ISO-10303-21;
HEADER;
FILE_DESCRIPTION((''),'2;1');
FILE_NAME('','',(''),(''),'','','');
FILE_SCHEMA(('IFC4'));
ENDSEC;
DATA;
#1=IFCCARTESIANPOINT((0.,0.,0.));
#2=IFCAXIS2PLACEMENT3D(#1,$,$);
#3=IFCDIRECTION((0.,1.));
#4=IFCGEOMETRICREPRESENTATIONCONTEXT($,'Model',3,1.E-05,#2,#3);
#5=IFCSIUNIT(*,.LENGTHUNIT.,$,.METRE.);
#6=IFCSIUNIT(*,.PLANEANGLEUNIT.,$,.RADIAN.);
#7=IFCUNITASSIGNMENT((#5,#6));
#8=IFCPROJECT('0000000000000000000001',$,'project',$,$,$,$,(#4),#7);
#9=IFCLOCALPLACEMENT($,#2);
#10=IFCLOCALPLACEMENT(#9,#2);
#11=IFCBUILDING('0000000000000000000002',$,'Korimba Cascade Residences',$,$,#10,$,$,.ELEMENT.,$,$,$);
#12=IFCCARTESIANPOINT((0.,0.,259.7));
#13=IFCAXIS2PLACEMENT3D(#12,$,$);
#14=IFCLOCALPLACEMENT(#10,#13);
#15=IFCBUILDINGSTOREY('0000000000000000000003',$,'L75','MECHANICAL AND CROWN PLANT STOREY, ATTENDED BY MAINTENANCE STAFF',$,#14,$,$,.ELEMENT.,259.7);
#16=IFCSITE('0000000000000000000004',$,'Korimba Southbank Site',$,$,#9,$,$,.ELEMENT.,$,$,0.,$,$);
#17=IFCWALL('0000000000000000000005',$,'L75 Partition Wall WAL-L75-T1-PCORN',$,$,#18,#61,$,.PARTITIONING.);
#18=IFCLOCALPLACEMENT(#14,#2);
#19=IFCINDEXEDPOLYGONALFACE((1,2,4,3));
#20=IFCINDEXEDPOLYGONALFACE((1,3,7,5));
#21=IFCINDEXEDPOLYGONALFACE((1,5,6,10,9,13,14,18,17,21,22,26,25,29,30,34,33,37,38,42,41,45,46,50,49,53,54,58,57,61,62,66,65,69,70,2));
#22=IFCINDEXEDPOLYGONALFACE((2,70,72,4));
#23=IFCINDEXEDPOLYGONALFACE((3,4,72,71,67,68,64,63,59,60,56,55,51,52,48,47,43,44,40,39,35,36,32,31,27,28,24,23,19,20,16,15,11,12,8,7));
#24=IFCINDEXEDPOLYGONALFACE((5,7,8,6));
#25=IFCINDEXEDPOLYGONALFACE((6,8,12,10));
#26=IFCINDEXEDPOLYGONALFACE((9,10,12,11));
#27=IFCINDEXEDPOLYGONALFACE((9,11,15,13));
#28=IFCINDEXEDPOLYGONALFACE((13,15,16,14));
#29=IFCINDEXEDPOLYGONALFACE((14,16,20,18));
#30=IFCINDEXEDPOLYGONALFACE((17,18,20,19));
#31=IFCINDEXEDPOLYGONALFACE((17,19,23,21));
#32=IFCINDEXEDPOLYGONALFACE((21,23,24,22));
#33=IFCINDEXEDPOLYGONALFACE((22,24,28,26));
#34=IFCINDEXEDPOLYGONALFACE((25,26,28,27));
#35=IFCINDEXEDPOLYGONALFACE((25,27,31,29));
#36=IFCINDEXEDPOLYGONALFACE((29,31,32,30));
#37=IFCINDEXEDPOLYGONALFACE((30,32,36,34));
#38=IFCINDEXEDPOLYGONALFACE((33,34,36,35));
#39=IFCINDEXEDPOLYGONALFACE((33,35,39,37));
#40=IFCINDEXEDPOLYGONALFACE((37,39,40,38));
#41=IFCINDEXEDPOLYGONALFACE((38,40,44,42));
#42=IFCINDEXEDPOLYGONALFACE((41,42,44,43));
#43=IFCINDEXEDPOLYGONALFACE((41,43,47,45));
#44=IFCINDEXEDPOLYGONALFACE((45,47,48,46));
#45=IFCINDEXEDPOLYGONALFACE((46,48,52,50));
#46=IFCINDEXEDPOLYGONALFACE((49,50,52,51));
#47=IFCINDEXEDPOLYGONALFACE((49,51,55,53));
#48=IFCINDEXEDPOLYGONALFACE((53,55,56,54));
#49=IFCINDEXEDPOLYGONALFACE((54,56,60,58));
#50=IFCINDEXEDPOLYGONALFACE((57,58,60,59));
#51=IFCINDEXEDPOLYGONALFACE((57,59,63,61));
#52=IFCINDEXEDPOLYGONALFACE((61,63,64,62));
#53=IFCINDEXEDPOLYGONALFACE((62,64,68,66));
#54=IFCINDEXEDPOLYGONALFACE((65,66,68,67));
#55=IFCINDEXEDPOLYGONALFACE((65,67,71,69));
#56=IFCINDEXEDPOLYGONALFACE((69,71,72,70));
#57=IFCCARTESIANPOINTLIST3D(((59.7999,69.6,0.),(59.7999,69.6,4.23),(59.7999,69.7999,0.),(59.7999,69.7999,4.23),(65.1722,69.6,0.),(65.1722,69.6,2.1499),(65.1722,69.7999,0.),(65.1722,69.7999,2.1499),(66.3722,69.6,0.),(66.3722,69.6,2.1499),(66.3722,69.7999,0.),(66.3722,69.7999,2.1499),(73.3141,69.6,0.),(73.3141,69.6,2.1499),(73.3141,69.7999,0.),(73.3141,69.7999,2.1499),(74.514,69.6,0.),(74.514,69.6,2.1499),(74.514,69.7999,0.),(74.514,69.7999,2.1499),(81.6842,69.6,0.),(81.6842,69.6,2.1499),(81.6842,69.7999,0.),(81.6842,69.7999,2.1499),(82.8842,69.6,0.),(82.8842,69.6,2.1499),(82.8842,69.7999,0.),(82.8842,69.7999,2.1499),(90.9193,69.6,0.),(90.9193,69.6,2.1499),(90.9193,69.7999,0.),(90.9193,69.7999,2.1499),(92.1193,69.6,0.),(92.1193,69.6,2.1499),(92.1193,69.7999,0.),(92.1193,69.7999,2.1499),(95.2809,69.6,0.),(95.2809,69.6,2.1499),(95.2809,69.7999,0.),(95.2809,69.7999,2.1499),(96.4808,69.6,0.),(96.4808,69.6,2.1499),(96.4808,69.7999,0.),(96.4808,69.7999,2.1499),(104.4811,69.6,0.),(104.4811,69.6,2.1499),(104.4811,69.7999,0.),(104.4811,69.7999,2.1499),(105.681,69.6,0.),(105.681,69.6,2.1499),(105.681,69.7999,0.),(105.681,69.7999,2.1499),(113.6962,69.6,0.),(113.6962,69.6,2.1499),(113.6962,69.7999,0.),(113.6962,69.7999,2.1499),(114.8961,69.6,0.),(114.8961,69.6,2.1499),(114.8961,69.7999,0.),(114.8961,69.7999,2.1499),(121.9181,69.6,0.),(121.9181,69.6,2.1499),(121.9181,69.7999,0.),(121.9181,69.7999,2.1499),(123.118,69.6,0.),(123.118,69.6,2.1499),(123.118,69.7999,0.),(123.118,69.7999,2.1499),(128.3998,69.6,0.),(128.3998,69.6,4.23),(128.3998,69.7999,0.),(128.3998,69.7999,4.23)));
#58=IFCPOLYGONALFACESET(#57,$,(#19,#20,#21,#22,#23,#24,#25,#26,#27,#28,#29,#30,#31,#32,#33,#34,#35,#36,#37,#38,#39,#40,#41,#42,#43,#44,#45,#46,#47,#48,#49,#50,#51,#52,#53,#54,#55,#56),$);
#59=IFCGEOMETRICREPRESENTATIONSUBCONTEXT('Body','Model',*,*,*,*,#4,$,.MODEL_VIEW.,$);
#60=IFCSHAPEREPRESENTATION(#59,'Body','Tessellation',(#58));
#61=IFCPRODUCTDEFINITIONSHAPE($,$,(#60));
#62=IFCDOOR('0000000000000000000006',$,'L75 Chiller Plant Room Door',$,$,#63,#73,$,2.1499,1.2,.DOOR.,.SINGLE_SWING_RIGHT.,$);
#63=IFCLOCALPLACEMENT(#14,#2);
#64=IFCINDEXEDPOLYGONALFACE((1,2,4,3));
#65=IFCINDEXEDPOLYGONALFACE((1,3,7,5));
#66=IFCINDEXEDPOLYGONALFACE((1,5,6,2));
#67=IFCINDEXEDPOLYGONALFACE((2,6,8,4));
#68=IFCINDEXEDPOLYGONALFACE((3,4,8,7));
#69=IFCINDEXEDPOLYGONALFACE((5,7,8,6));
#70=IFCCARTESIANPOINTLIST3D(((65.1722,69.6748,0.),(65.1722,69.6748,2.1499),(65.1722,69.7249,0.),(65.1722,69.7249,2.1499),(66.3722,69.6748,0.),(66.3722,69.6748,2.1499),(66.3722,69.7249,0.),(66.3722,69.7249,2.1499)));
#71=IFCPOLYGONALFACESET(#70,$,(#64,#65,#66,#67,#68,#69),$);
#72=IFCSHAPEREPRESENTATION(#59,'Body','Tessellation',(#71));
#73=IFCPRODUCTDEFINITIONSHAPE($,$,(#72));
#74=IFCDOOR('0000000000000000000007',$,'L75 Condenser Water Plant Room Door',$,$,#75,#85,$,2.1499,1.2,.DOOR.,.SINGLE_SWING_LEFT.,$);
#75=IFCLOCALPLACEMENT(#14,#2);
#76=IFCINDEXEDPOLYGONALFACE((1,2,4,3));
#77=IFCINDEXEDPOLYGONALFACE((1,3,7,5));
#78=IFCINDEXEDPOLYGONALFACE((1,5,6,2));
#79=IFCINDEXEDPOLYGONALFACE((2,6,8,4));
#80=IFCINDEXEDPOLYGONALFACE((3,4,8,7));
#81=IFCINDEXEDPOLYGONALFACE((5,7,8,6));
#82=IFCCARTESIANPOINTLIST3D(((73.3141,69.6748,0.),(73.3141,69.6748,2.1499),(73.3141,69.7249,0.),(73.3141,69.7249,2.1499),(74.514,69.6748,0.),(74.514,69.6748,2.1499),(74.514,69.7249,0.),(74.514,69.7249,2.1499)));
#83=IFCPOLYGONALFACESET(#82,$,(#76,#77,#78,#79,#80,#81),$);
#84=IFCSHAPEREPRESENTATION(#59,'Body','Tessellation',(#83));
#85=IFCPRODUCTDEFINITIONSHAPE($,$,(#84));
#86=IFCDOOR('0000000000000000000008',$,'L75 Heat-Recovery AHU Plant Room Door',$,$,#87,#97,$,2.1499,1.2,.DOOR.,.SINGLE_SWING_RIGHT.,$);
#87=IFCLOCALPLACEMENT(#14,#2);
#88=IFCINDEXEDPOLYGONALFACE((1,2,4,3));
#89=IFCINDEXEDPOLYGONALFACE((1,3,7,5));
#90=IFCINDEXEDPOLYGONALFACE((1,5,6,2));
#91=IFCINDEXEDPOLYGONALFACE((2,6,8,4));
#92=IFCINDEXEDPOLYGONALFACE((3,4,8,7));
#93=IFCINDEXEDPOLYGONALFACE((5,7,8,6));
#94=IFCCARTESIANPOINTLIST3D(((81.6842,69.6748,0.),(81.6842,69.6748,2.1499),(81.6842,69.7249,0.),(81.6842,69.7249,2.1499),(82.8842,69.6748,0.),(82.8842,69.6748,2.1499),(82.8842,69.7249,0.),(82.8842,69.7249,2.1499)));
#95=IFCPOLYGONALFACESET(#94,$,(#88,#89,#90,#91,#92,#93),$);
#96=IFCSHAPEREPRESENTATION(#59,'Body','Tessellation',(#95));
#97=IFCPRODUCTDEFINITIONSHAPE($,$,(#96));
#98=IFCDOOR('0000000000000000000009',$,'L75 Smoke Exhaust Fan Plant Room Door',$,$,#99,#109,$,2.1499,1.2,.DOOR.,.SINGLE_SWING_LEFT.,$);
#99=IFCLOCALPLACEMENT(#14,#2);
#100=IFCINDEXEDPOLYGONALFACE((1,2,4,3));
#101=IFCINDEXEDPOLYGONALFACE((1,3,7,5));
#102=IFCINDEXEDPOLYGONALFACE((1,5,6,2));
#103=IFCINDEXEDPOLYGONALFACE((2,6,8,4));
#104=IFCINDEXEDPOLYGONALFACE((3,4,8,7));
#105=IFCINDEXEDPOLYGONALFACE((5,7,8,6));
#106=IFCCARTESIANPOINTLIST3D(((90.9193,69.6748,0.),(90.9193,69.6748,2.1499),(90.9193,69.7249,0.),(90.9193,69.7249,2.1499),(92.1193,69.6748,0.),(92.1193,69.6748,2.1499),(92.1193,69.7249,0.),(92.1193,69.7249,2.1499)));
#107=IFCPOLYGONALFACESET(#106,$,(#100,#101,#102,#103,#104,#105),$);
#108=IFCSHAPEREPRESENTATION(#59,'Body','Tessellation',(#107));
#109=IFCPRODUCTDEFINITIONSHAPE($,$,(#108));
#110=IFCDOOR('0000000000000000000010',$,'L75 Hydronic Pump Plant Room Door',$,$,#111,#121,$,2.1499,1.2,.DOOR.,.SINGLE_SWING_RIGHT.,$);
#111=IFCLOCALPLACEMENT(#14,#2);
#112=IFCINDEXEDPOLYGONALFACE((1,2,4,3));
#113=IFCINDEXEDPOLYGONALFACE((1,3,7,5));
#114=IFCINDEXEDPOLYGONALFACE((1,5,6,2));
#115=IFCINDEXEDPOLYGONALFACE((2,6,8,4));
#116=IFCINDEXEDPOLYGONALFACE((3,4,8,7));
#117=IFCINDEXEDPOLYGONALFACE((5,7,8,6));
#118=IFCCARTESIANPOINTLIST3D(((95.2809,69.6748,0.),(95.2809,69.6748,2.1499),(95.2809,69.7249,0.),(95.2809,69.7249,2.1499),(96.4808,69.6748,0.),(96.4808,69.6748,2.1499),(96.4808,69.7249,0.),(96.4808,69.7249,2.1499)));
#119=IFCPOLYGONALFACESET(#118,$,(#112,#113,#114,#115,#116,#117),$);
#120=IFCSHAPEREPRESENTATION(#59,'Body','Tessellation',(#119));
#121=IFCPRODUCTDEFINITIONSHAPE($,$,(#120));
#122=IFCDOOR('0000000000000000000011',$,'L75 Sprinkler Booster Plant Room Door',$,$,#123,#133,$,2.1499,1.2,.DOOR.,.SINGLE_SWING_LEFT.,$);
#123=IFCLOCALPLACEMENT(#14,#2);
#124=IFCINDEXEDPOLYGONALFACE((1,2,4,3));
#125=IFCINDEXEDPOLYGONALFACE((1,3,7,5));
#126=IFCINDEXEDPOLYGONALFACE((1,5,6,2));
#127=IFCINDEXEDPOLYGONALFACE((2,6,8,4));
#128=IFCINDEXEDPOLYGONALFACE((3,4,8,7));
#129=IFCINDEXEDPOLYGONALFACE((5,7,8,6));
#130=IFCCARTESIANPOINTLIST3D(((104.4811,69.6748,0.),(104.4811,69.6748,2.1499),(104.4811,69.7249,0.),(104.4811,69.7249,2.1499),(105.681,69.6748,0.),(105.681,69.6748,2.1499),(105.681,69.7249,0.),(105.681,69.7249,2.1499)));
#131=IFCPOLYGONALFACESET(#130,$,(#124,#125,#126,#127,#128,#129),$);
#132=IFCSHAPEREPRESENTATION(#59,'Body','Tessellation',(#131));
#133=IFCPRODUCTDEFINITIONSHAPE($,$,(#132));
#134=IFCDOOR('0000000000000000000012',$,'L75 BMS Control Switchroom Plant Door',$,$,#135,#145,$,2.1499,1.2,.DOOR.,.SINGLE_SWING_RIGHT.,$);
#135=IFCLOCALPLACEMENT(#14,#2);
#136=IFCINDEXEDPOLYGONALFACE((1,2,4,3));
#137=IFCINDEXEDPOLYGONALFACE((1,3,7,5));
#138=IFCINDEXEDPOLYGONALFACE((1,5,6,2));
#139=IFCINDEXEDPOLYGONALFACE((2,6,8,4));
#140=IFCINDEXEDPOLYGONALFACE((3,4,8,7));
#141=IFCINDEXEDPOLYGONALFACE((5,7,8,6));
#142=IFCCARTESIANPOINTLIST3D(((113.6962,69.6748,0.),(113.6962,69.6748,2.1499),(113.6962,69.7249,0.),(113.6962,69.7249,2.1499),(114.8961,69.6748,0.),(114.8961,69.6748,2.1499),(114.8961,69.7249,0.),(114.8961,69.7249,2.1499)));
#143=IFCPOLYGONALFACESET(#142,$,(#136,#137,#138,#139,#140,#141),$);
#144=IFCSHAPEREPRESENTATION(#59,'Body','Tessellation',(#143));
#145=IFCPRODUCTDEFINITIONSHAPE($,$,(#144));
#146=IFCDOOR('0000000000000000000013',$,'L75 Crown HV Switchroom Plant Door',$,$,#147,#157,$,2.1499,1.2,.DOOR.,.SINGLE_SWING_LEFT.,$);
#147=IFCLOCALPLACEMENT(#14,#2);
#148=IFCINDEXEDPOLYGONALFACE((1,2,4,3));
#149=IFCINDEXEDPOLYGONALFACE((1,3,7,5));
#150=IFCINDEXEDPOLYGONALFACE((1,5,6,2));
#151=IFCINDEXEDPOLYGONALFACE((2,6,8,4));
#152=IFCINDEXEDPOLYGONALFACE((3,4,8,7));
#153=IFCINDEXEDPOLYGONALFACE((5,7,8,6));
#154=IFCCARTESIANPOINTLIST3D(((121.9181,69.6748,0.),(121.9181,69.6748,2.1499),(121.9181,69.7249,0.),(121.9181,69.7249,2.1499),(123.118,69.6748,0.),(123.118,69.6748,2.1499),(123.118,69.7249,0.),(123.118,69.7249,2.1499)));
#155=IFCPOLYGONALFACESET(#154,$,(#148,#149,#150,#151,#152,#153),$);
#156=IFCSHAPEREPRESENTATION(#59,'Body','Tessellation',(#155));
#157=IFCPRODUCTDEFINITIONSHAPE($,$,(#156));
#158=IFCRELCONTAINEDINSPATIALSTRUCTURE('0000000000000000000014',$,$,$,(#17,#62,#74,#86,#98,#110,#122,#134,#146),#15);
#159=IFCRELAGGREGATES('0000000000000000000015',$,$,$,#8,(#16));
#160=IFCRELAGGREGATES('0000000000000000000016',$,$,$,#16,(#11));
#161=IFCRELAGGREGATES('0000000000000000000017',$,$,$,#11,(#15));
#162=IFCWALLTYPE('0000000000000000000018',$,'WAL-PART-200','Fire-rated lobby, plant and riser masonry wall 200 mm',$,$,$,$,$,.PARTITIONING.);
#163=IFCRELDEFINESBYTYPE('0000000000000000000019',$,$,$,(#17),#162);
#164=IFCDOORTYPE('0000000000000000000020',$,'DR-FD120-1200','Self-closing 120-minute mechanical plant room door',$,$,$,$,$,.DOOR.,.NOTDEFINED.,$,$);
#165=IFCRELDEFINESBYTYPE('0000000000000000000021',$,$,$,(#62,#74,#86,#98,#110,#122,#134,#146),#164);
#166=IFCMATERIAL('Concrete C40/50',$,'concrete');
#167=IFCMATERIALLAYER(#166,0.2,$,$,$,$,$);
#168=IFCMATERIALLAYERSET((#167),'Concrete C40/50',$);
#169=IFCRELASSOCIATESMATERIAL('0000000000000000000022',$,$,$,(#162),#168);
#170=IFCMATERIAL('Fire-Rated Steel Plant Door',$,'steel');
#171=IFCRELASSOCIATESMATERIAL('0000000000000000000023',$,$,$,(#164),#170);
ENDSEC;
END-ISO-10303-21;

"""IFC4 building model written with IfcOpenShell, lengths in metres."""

from ifc_helpers import new_model, si_unit, direction, frame, frame_2d, origin, place, context, subcontext, project, spatial, rectangle, extrude, material, layer, layer_set, type_object, element, fill, save


model = new_model("IFC4")

# Units and contexts
model_context = context("Model", 3, precision=1e-05, world=origin(), true_north=direction((0.0, 1.0)))
body_context = subcontext(model_context, "Body", "Model", "MODEL_VIEW")
ifc_project = project(units=[si_unit("LENGTHUNIT", "METRE"), si_unit("PLANEANGLEUNIT", "RADIAN")], contexts=[model_context])

# Site, building, storey
site_placement = place(None, origin())
site = spatial("IfcSite", under=ifc_project, at=site_placement, Name="Korimba Southbank Site", CompositionType="ELEMENT", RefElevation=0.0)
building_placement = place(site_placement, origin())
building = spatial("IfcBuilding", under=site, at=building_placement, Name="Korimba Cascade Residences", CompositionType="ELEMENT")
storey_placement = place(building_placement, frame((0.0, 0.0, 259.7)))
storey = spatial("IfcBuildingStorey", under=building, at=storey_placement, Name="L75", Description="MECHANICAL AND CROWN PLANT STOREY, ATTENDED BY MAINTENANCE STAFF", CompositionType="ELEMENT", Elevation=259.7)

# Shared definitions
ifc_material_1 = material(Name="Concrete C40/50", Category="concrete")
ifc_layer_1 = layer(ifc_material_1, 0.2)
ifc_layer_set_1 = layer_set([ifc_layer_1], Name="Concrete C40/50")
wall_type_1 = type_object("IfcWallType", Name="WAL-PART-200", Description="Fire-rated lobby, plant and riser masonry wall 200 mm", PredefinedType="PARTITIONING", material=ifc_layer_set_1)

# Wall, openings, doors
wall_1_placement = place(storey_placement, frame((59.8, 69.7, 0.0), z_axis=(0.0, 0.0, 1.0), x_axis=(1.0, 0.0, 0.0)))
wall_1 = element("IfcWall", 1, at=wall_1_placement, inside=storey, type_object=wall_type_1, Name="L75 Partition Wall WAL-L75-T1-PCORN", PredefinedType="PARTITIONING", context=body_context, shape_type="SweptSolid", body=[
    extrude(rectangle(XDim=68.5999, YDim=0.2, at=frame_2d((34.2998, 0.0))), origin(), (0.0, 0.0, 1.0), 4.23),
])
opening_1_placement = place(wall_1_placement, frame((5.3721, 0.0, 0.0)))
opening_1 = element("IfcOpeningElement", 2, at=opening_1_placement, cuts=wall_1, PredefinedType="OPENING", context=body_context, shape_type="SweptSolid", body=[
    extrude(rectangle(XDim=1.2, YDim=2.1499, at=frame_2d((0.6001, 1.075))), frame((0.0, 0.1099, 0.0), z_axis=(0.0, -1.0, 0.0), x_axis=(1.0, 0.0, 0.0)), (0.0, 0.0, 1.0), 0.22),
])
opening_2_placement = place(wall_1_placement, frame((13.5139, 0.0, 0.0)))
opening_2 = element("IfcOpeningElement", 3, at=opening_2_placement, cuts=wall_1, PredefinedType="OPENING", context=body_context, shape_type="SweptSolid", body=[
    extrude(rectangle(XDim=1.2, YDim=2.1499, at=frame_2d((0.6001, 1.075))), frame((0.0, 0.1099, 0.0), z_axis=(0.0, -1.0, 0.0), x_axis=(1.0, 0.0, 0.0)), (0.0, 0.0, 1.0), 0.22),
])
opening_3_placement = place(wall_1_placement, frame((21.884, 0.0, 0.0)))
opening_3 = element("IfcOpeningElement", 4, at=opening_3_placement, cuts=wall_1, PredefinedType="OPENING", context=body_context, shape_type="SweptSolid", body=[
    extrude(rectangle(XDim=1.2, YDim=2.1499, at=frame_2d((0.6001, 1.075))), frame((0.0, 0.1099, 0.0), z_axis=(0.0, -1.0, 0.0), x_axis=(1.0, 0.0, 0.0)), (0.0, 0.0, 1.0), 0.22),
])
opening_4_placement = place(wall_1_placement, frame((31.1191, 0.0, 0.0)))
opening_4 = element("IfcOpeningElement", 5, at=opening_4_placement, cuts=wall_1, PredefinedType="OPENING", context=body_context, shape_type="SweptSolid", body=[
    extrude(rectangle(XDim=1.2, YDim=2.1499, at=frame_2d((0.6001, 1.075))), frame((0.0, 0.1099, 0.0), z_axis=(0.0, -1.0, 0.0), x_axis=(1.0, 0.0, 0.0)), (0.0, 0.0, 1.0), 0.22),
])
opening_5_placement = place(wall_1_placement, frame((35.4807, 0.0, 0.0)))
opening_5 = element("IfcOpeningElement", 6, at=opening_5_placement, cuts=wall_1, PredefinedType="OPENING", context=body_context, shape_type="SweptSolid", body=[
    extrude(rectangle(XDim=1.2, YDim=2.1499, at=frame_2d((0.6001, 1.075))), frame((0.0, 0.1099, 0.0), z_axis=(0.0, -1.0, 0.0), x_axis=(1.0, 0.0, 0.0)), (0.0, 0.0, 1.0), 0.22),
])
opening_6_placement = place(wall_1_placement, frame((44.6809, 0.0, 0.0)))
opening_6 = element("IfcOpeningElement", 7, at=opening_6_placement, cuts=wall_1, PredefinedType="OPENING", context=body_context, shape_type="SweptSolid", body=[
    extrude(rectangle(XDim=1.2, YDim=2.1499, at=frame_2d((0.6001, 1.075))), frame((0.0, 0.1099, 0.0), z_axis=(0.0, -1.0, 0.0), x_axis=(1.0, 0.0, 0.0)), (0.0, 0.0, 1.0), 0.22),
])
opening_7_placement = place(wall_1_placement, frame((53.896, 0.0, 0.0)))
opening_7 = element("IfcOpeningElement", 8, at=opening_7_placement, cuts=wall_1, PredefinedType="OPENING", context=body_context, shape_type="SweptSolid", body=[
    extrude(rectangle(XDim=1.2, YDim=2.1499, at=frame_2d((0.6001, 1.075))), frame((0.0, 0.1099, 0.0), z_axis=(0.0, -1.0, 0.0), x_axis=(1.0, 0.0, 0.0)), (0.0, 0.0, 1.0), 0.22),
])
opening_8_placement = place(wall_1_placement, frame((62.1179, 0.0, 0.0)))
opening_8 = element("IfcOpeningElement", 9, at=opening_8_placement, cuts=wall_1, PredefinedType="OPENING", context=body_context, shape_type="SweptSolid", body=[
    extrude(rectangle(XDim=1.2, YDim=2.1499, at=frame_2d((0.6001, 1.075))), frame((0.0, 0.1099, 0.0), z_axis=(0.0, -1.0, 0.0), x_axis=(1.0, 0.0, 0.0)), (0.0, 0.0, 1.0), 0.22),
])
ifc_material_2 = material(Name="Fire-Rated Steel Plant Door", Category="steel")
door_type_1 = type_object("IfcDoorType", Name="DR-FD120-1200", Description="Self-closing 120-minute mechanical plant room door", OperationType="NOTDEFINED", PredefinedType="DOOR", material=ifc_material_2)
door_1_placement = place(opening_1_placement, origin())
door_1 = element("IfcDoor", 10, at=door_1_placement, inside=storey, type_object=door_type_1, Name="L75 Chiller Plant Room Door", OperationType="SINGLE_SWING_RIGHT", OverallHeight=2.1499, OverallWidth=1.2, PredefinedType="DOOR", context=body_context, shape_type="SweptSolid", body=[
    extrude(rectangle(XDim=1.2, YDim=2.1499, at=frame_2d((0.6001, 1.075))), frame((0.0, 0.0249, 0.0), z_axis=(0.0, -1.0, 0.0), x_axis=(1.0, 0.0, 0.0)), (0.0, 0.0, 1.0), 0.05),
])
fill(opening_1, door_1)
door_2_placement = place(opening_2_placement, origin())
door_2 = element("IfcDoor", 11, at=door_2_placement, inside=storey, type_object=door_type_1, Name="L75 Condenser Water Plant Room Door", OperationType="SINGLE_SWING_LEFT", OverallHeight=2.1499, OverallWidth=1.2, PredefinedType="DOOR", context=body_context, shape_type="SweptSolid", body=[
    extrude(rectangle(XDim=1.2, YDim=2.1499, at=frame_2d((0.6001, 1.075))), frame((0.0, 0.0249, 0.0), z_axis=(0.0, -1.0, 0.0), x_axis=(1.0, 0.0, 0.0)), (0.0, 0.0, 1.0), 0.05),
])
fill(opening_2, door_2)
door_3_placement = place(opening_3_placement, origin())
door_3 = element("IfcDoor", 12, at=door_3_placement, inside=storey, type_object=door_type_1, Name="L75 Heat-Recovery AHU Plant Room Door", OperationType="SINGLE_SWING_RIGHT", OverallHeight=2.1499, OverallWidth=1.2, PredefinedType="DOOR", context=body_context, shape_type="SweptSolid", body=[
    extrude(rectangle(XDim=1.2, YDim=2.1499, at=frame_2d((0.6001, 1.075))), frame((0.0, 0.0249, 0.0), z_axis=(0.0, -1.0, 0.0), x_axis=(1.0, 0.0, 0.0)), (0.0, 0.0, 1.0), 0.05),
])
fill(opening_3, door_3)
door_4_placement = place(opening_4_placement, origin())
door_4 = element("IfcDoor", 13, at=door_4_placement, inside=storey, type_object=door_type_1, Name="L75 Smoke Exhaust Fan Plant Room Door", OperationType="SINGLE_SWING_LEFT", OverallHeight=2.1499, OverallWidth=1.2, PredefinedType="DOOR", context=body_context, shape_type="SweptSolid", body=[
    extrude(rectangle(XDim=1.2, YDim=2.1499, at=frame_2d((0.6001, 1.075))), frame((0.0, 0.0249, 0.0), z_axis=(0.0, -1.0, 0.0), x_axis=(1.0, 0.0, 0.0)), (0.0, 0.0, 1.0), 0.05),
])
fill(opening_4, door_4)
door_5_placement = place(opening_5_placement, origin())
door_5 = element("IfcDoor", 14, at=door_5_placement, inside=storey, type_object=door_type_1, Name="L75 Hydronic Pump Plant Room Door", OperationType="SINGLE_SWING_RIGHT", OverallHeight=2.1499, OverallWidth=1.2, PredefinedType="DOOR", context=body_context, shape_type="SweptSolid", body=[
    extrude(rectangle(XDim=1.2, YDim=2.1499, at=frame_2d((0.6001, 1.075))), frame((0.0, 0.0249, 0.0), z_axis=(0.0, -1.0, 0.0), x_axis=(1.0, 0.0, 0.0)), (0.0, 0.0, 1.0), 0.05),
])
fill(opening_5, door_5)
door_6_placement = place(opening_6_placement, origin())
door_6 = element("IfcDoor", 15, at=door_6_placement, inside=storey, type_object=door_type_1, Name="L75 Sprinkler Booster Plant Room Door", OperationType="SINGLE_SWING_LEFT", OverallHeight=2.1499, OverallWidth=1.2, PredefinedType="DOOR", context=body_context, shape_type="SweptSolid", body=[
    extrude(rectangle(XDim=1.2, YDim=2.1499, at=frame_2d((0.6001, 1.075))), frame((0.0, 0.0249, 0.0), z_axis=(0.0, -1.0, 0.0), x_axis=(1.0, 0.0, 0.0)), (0.0, 0.0, 1.0), 0.05),
])
fill(opening_6, door_6)
door_7_placement = place(opening_7_placement, origin())
door_7 = element("IfcDoor", 16, at=door_7_placement, inside=storey, type_object=door_type_1, Name="L75 BMS Control Switchroom Plant Door", OperationType="SINGLE_SWING_RIGHT", OverallHeight=2.1499, OverallWidth=1.2, PredefinedType="DOOR", context=body_context, shape_type="SweptSolid", body=[
    extrude(rectangle(XDim=1.2, YDim=2.1499, at=frame_2d((0.6001, 1.075))), frame((0.0, 0.0249, 0.0), z_axis=(0.0, -1.0, 0.0), x_axis=(1.0, 0.0, 0.0)), (0.0, 0.0, 1.0), 0.05),
])
fill(opening_7, door_7)
door_8_placement = place(opening_8_placement, origin())
door_8 = element("IfcDoor", 17, at=door_8_placement, inside=storey, type_object=door_type_1, Name="L75 Crown HV Switchroom Plant Door", OperationType="SINGLE_SWING_LEFT", OverallHeight=2.1499, OverallWidth=1.2, PredefinedType="DOOR", context=body_context, shape_type="SweptSolid", body=[
    extrude(rectangle(XDim=1.2, YDim=2.1499, at=frame_2d((0.6001, 1.075))), frame((0.0, 0.0249, 0.0), z_axis=(0.0, -1.0, 0.0), x_axis=(1.0, 0.0, 0.0)), (0.0, 0.0, 1.0), 0.05),
])
fill(opening_8, door_8)

save(model, "model.ifc")
